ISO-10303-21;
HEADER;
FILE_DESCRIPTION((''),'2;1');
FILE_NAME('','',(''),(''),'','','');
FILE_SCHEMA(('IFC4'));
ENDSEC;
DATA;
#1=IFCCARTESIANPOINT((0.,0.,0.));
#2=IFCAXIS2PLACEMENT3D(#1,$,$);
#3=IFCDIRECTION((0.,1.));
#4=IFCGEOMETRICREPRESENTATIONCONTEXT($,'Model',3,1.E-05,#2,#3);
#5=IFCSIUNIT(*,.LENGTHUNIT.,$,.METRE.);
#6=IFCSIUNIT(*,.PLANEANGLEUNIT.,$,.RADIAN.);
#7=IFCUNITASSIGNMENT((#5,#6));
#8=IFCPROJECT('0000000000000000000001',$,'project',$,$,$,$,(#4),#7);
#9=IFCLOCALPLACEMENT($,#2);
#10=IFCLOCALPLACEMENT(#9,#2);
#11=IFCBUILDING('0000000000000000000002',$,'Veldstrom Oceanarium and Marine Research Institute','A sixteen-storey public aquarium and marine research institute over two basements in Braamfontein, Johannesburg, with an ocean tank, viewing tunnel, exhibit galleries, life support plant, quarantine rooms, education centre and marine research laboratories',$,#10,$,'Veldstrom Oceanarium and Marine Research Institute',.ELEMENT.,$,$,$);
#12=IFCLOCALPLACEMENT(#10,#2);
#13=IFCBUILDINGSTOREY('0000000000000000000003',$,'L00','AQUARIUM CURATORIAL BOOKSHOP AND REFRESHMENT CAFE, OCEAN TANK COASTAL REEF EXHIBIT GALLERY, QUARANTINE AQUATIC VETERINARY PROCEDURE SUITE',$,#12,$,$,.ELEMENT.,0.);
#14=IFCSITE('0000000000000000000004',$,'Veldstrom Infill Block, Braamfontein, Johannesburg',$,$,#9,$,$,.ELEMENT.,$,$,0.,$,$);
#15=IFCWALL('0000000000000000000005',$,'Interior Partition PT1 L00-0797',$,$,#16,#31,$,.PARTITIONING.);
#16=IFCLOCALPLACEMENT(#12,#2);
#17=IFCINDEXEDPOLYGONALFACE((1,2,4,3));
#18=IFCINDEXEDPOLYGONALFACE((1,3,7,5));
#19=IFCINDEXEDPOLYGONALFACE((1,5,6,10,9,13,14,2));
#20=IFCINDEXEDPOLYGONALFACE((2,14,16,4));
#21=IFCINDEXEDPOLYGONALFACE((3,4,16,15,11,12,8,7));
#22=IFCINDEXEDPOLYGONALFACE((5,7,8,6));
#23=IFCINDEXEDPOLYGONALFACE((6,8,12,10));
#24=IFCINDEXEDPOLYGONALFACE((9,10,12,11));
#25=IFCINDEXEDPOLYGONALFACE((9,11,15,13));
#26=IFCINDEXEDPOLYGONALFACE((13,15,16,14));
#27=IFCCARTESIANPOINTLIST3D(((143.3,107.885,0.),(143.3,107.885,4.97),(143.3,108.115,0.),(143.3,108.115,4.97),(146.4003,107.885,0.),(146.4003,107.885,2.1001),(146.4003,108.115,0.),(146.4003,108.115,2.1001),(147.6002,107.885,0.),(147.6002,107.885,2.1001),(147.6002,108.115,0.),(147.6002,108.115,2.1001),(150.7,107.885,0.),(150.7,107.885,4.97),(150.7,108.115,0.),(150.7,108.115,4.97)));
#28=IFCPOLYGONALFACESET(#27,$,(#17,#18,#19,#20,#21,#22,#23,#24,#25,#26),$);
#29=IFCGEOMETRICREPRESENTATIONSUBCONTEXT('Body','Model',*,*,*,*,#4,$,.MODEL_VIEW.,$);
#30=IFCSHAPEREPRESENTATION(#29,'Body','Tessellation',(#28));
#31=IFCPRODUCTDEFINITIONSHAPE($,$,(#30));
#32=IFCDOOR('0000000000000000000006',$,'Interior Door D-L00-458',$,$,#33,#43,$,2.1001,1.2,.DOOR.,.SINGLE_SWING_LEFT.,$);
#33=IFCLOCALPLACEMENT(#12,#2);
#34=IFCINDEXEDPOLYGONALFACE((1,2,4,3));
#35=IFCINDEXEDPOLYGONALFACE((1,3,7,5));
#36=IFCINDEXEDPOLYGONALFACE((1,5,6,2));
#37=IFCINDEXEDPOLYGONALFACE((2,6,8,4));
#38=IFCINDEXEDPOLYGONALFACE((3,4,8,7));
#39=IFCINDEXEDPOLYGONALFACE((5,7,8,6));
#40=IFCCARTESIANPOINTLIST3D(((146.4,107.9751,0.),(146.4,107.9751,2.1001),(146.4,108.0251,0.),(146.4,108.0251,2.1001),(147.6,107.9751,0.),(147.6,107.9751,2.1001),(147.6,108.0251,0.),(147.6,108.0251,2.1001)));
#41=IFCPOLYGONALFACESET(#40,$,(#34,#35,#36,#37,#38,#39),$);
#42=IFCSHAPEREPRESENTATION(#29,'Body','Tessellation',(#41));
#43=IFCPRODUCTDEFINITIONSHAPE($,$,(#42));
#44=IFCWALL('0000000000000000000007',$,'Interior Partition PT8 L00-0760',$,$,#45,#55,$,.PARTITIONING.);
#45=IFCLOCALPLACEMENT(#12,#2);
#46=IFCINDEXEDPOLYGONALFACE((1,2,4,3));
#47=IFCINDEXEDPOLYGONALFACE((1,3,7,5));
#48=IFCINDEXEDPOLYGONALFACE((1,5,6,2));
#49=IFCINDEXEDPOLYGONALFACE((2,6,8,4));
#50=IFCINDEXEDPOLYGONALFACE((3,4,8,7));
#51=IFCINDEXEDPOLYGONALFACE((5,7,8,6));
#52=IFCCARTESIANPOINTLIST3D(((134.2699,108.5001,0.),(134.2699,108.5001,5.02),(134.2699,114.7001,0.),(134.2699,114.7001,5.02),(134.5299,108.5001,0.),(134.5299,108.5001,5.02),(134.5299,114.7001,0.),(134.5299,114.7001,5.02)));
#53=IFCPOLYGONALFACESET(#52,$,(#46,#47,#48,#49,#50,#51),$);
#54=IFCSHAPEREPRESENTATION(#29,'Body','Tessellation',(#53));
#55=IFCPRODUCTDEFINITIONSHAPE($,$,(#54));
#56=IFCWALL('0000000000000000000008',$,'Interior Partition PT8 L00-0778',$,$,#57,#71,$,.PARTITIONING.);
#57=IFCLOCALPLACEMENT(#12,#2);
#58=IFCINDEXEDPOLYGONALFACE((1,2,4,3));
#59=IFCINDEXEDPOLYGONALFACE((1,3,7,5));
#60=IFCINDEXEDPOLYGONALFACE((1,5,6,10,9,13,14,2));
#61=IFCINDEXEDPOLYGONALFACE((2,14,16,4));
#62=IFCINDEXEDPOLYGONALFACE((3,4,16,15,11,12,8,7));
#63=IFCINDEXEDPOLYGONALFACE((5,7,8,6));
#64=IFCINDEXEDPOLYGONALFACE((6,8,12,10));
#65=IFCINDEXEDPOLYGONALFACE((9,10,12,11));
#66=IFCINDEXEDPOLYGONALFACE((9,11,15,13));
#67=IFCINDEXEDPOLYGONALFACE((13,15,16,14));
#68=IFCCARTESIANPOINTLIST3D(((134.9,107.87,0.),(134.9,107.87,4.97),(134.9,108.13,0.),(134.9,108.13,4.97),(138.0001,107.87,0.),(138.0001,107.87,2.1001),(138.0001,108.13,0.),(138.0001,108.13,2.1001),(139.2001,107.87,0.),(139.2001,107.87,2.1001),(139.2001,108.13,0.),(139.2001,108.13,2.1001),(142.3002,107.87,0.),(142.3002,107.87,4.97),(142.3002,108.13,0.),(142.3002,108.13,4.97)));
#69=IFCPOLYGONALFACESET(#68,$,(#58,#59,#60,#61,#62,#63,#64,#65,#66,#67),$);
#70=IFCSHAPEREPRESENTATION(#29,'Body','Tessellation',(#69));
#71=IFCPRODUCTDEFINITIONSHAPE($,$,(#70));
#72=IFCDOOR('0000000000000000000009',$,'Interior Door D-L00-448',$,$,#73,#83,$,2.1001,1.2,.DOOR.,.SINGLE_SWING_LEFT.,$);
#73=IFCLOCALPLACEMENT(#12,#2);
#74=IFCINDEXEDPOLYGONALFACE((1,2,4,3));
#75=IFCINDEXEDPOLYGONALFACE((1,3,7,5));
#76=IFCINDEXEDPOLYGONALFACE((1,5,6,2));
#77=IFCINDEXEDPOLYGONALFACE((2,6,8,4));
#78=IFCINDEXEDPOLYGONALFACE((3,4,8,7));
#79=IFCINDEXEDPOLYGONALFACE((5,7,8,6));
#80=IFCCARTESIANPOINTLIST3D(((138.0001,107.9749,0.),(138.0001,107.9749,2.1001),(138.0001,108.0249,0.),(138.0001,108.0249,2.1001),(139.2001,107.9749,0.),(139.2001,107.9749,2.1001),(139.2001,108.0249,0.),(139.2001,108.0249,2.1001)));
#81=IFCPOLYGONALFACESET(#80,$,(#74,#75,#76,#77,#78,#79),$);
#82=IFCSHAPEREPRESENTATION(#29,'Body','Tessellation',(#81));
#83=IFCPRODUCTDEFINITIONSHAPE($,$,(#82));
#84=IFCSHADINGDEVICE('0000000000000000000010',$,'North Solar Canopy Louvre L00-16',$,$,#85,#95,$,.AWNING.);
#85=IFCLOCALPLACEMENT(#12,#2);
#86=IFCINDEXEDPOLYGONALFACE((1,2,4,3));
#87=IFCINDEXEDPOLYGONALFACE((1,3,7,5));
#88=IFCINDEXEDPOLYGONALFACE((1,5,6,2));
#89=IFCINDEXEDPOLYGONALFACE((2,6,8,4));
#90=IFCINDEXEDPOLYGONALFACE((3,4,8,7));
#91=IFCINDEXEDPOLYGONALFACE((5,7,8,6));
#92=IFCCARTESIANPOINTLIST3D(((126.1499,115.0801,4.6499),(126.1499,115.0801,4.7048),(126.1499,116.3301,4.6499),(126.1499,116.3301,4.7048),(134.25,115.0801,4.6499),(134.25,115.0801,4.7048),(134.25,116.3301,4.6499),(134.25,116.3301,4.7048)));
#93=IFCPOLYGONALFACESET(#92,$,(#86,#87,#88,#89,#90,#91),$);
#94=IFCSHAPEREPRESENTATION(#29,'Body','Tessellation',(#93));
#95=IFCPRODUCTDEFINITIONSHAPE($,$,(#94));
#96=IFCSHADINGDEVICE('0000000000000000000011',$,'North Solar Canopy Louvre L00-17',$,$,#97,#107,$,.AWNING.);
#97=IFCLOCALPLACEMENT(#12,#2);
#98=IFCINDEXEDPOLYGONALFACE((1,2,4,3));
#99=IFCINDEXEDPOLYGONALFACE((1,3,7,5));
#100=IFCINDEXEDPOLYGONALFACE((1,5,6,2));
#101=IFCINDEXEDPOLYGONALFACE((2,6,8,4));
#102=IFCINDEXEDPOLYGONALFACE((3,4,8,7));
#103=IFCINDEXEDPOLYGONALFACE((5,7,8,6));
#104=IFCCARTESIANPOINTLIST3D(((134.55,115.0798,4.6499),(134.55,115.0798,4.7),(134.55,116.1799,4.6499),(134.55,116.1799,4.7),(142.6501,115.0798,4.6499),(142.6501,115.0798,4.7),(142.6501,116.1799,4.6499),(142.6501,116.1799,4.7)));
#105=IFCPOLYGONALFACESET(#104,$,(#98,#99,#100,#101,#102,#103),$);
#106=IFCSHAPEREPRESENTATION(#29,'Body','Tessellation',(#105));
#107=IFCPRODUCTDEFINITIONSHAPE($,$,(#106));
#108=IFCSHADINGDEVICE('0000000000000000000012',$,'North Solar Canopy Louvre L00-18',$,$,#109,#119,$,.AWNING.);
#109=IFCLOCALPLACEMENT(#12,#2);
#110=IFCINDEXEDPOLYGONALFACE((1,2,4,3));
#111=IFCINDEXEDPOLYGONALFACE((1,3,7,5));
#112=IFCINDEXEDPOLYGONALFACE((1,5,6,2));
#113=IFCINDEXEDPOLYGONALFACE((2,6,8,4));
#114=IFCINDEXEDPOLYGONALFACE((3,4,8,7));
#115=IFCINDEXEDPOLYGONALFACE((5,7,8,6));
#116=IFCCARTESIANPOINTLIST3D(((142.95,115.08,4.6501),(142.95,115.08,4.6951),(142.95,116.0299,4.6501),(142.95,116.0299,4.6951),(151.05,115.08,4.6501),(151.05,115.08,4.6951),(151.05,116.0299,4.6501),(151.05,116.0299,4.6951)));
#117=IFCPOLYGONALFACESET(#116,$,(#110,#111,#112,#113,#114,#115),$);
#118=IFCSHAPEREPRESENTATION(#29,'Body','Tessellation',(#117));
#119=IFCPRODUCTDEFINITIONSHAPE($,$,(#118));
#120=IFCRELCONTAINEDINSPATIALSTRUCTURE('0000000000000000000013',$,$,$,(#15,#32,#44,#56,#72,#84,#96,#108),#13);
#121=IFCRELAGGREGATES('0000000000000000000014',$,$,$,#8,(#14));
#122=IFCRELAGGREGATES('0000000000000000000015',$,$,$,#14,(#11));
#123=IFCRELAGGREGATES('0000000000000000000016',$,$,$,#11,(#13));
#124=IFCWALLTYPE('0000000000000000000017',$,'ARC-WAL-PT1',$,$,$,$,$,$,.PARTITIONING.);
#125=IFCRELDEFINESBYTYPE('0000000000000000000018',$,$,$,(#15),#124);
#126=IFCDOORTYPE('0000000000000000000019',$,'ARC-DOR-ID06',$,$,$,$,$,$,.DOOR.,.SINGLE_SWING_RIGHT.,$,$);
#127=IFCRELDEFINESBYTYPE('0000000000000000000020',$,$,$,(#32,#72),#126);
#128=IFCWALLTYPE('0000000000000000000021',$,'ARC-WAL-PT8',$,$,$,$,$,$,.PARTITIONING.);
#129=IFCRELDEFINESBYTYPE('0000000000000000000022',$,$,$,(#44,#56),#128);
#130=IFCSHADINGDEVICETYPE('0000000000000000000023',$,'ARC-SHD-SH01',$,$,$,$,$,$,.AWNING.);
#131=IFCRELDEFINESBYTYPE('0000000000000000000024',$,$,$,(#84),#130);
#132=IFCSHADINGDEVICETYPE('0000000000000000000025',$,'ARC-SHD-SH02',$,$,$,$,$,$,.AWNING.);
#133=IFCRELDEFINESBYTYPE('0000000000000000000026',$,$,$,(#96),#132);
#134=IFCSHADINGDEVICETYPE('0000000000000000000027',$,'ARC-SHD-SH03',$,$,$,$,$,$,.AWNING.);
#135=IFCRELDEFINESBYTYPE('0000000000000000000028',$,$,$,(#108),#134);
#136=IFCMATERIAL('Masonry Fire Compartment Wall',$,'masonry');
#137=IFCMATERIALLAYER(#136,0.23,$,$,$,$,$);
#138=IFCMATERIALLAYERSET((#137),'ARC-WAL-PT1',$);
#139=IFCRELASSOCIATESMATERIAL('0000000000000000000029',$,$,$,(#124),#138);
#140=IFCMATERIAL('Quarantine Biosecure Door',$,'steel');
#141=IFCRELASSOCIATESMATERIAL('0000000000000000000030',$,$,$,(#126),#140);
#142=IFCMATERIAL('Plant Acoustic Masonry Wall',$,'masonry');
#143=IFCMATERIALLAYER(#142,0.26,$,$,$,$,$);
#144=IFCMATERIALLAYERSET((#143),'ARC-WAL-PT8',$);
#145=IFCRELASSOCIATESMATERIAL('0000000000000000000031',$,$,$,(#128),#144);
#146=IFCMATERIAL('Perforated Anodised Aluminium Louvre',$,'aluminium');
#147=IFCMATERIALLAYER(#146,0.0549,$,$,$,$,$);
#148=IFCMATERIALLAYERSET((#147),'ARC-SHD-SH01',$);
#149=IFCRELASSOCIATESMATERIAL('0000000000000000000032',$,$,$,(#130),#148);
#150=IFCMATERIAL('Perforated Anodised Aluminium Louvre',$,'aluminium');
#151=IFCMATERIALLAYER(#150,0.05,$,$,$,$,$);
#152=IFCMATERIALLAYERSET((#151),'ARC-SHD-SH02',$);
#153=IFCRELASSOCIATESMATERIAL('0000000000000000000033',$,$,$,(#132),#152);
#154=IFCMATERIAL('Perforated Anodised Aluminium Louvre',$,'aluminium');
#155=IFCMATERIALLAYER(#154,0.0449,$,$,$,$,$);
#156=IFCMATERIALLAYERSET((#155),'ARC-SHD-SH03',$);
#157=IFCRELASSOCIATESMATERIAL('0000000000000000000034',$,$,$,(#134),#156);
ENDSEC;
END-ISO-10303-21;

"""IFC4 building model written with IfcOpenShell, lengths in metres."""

from ifc_helpers import new_model, si_unit, direction, frame, frame_2d, origin, origin_2d, place, context, subcontext, project, spatial, rectangle, extrude, material, layer, layer_set, type_object, element, fill, save


model = new_model("IFC4")

# Units and contexts
model_context = context("Model", 3, precision=1e-05, world=origin(), true_north=direction((0.0, 1.0)))
body_context = subcontext(model_context, "Body", "Model", "MODEL_VIEW")
ifc_project = project(units=[si_unit("LENGTHUNIT", "METRE"), si_unit("PLANEANGLEUNIT", "RADIAN")], contexts=[model_context])

# Site, building, storey
site_placement = place(None, origin())
site = spatial("IfcSite", under=ifc_project, at=site_placement, Name="Veldstrom Infill Block, Braamfontein, Johannesburg", CompositionType="ELEMENT", RefElevation=0.0)
building_placement = place(site_placement, origin())
building = spatial("IfcBuilding", under=site, at=building_placement, Name="Veldstrom Oceanarium and Marine Research Institute", Description="A sixteen-storey public aquarium and marine research institute over two basements in Braamfontein, Johannesburg, with an ocean tank, viewing tunnel, exhibit galleries, life support plant, quarantine rooms, education centre and marine research laboratories", LongName="Veldstrom Oceanarium and Marine Research Institute", CompositionType="ELEMENT")
storey_placement = place(building_placement, origin())
storey = spatial("IfcBuildingStorey", under=building, at=storey_placement, Name="L00", Description="AQUARIUM CURATORIAL BOOKSHOP AND REFRESHMENT CAFE, OCEAN TANK COASTAL REEF EXHIBIT GALLERY, QUARANTINE AQUATIC VETERINARY PROCEDURE SUITE", CompositionType="ELEMENT", Elevation=0.0)

# Shared definitions
ifc_material_1 = material(Name="Masonry Fire Compartment Wall", Category="masonry")
ifc_layer_1 = layer(ifc_material_1, 0.23)
ifc_layer_set_1 = layer_set([ifc_layer_1], Name="ARC-WAL-PT1")
wall_type_1 = type_object("IfcWallType", Name="ARC-WAL-PT1", PredefinedType="PARTITIONING", material=ifc_layer_set_1)

# Wall, opening, door
wall_1_placement = place(storey_placement, frame((143.3, 108.0, 0.0), z_axis=(0.0, 0.0, 1.0), x_axis=(1.0, 0.0, 0.0)))
wall_1 = element("IfcWall", 1, at=wall_1_placement, inside=storey, type_object=wall_type_1, Name="Interior Partition PT1 L00-0797", PredefinedType="PARTITIONING", context=body_context, shape_type="SweptSolid", body=[
    extrude(rectangle(XDim=7.3999, YDim=0.23, at=frame_2d((3.7, 0.0))), origin(), (0.0, 0.0, 1.0), 4.97),
])
opening_1_placement = place(wall_1_placement, frame((3.1001, 0.0, 0.0)))
opening_1 = element("IfcOpeningElement", 2, at=opening_1_placement, cuts=wall_1, PredefinedType="OPENING", context=body_context, shape_type="SweptSolid", body=[
    extrude(rectangle(XDim=1.2, YDim=2.1001, at=frame_2d((0.6001, 1.05))), frame((0.0, 0.125, 0.0), z_axis=(0.0, -1.0, 0.0), x_axis=(1.0, 0.0, 0.0)), (0.0, 0.0, 1.0), 0.25),
])
ifc_material_2 = material(Name="Quarantine Biosecure Door", Category="steel")
door_type_1 = type_object("IfcDoorType", Name="ARC-DOR-ID06", OperationType="SINGLE_SWING_RIGHT", PredefinedType="DOOR", material=ifc_material_2)
door_1_placement = place(opening_1_placement, frame((1.2, 0.0, 0.0), z_axis=(0.0, 0.0, 1.0), x_axis=(-1.0, 0.0, 0.0)))
door_1 = element("IfcDoor", 3, at=door_1_placement, inside=storey, type_object=door_type_1, Name="Interior Door D-L00-458", OperationType="SINGLE_SWING_LEFT", OverallHeight=2.1001, OverallWidth=1.2, PredefinedType="DOOR", context=body_context, shape_type="SweptSolid", body=[
    extrude(rectangle(XDim=1.2, YDim=2.1001, at=frame_2d((0.6001, 1.05))), frame((0.0, 0.0249, 0.0), z_axis=(0.0, -1.0, 0.0), x_axis=(1.0, 0.0, 0.0)), (0.0, 0.0, 1.0), 0.05),
])
fill(opening_1, door_1)

# Wall
ifc_material_3 = material(Name="Plant Acoustic Masonry Wall", Category="masonry")
ifc_layer_2 = layer(ifc_material_3, 0.26)
ifc_layer_set_2 = layer_set([ifc_layer_2], Name="ARC-WAL-PT8")
wall_type_2 = type_object("IfcWallType", Name="ARC-WAL-PT8", PredefinedType="PARTITIONING", material=ifc_layer_set_2)
wall_2_placement = place(storey_placement, frame((134.3999, 108.5, 0.0), z_axis=(0.0, 0.0, 1.0), x_axis=(0.0, 1.0, 0.0)))
element("IfcWall", 4, at=wall_2_placement, inside=storey, type_object=wall_type_2, Name="Interior Partition PT8 L00-0760", PredefinedType="PARTITIONING", context=body_context, shape_type="SweptSolid", body=[
    extrude(rectangle(XDim=6.2, YDim=0.26, at=frame_2d((3.1001, 0.0))), origin(), (0.0, 0.0, 1.0), 5.02),
])

# Wall, opening, door
wall_3_placement = place(storey_placement, frame((134.8999, 108.0, 0.0), z_axis=(0.0, 0.0, 1.0), x_axis=(1.0, 0.0, 0.0)))
wall_3 = element("IfcWall", 5, at=wall_3_placement, inside=storey, type_object=wall_type_2, Name="Interior Partition PT8 L00-0778", PredefinedType="PARTITIONING", context=body_context, shape_type="SweptSolid", body=[
    extrude(rectangle(XDim=7.4001, YDim=0.26, at=frame_2d((3.7002, 0.0))), origin(), (0.0, 0.0, 1.0), 4.97),
])
opening_2_placement = place(wall_3_placement, frame((3.1001, 0.0, 0.0)))
opening_2 = element("IfcOpeningElement", 6, at=opening_2_placement, cuts=wall_3, PredefinedType="OPENING", context=body_context, shape_type="SweptSolid", body=[
    extrude(rectangle(XDim=1.2, YDim=2.1001, at=frame_2d((0.6001, 1.05))), frame((0.0, 0.1399, 0.0), z_axis=(0.0, -1.0, 0.0), x_axis=(1.0, 0.0, 0.0)), (0.0, 0.0, 1.0), 0.28),
])
door_2_placement = place(opening_2_placement, origin())
door_2 = element("IfcDoor", 7, at=door_2_placement, inside=storey, type_object=door_type_1, Name="Interior Door D-L00-448", OperationType="SINGLE_SWING_LEFT", OverallHeight=2.1001, OverallWidth=1.2, PredefinedType="DOOR", context=body_context, shape_type="SweptSolid", body=[
    extrude(rectangle(XDim=1.2, YDim=2.1001, at=frame_2d((0.6001, 1.05))), frame((0.0, 0.0249, 0.0), z_axis=(0.0, -1.0, 0.0), x_axis=(1.0, 0.0, 0.0)), (0.0, 0.0, 1.0), 0.05),
])
fill(opening_2, door_2)

# Shading devices
ifc_material_4 = material(Name="Perforated Anodised Aluminium Louvre", Category="aluminium")
ifc_layer_3 = layer(ifc_material_4, 0.0549)
ifc_layer_set_3 = layer_set([ifc_layer_3], Name="ARC-SHD-SH01")
shading_device_type_1 = type_object("IfcShadingDeviceType", Name="ARC-SHD-SH01", PredefinedType="AWNING", material=ifc_layer_set_3)
shading_device_1_placement = place(storey_placement, frame((130.2, 115.7051, 4.6499), z_axis=(0.0, 0.0, 1.0), x_axis=(1.0, 0.0, 0.0)))
element("IfcShadingDevice", 8, at=shading_device_1_placement, inside=storey, type_object=shading_device_type_1, Name="North Solar Canopy Louvre L00-16", PredefinedType="AWNING", context=body_context, shape_type="SweptSolid", body=[
    extrude(rectangle(XDim=8.1001, YDim=1.25, at=origin_2d()), origin(), (0.0, 0.0, 1.0), 0.0549),
])
ifc_material_5 = material(Name="Perforated Anodised Aluminium Louvre", Category="aluminium")
ifc_layer_4 = layer(ifc_material_5, 0.05)
ifc_layer_set_4 = layer_set([ifc_layer_4], Name="ARC-SHD-SH02")
shading_device_type_2 = type_object("IfcShadingDeviceType", Name="ARC-SHD-SH02", PredefinedType="AWNING", material=ifc_layer_set_4)
shading_device_2_placement = place(storey_placement, frame((138.6001, 115.6299, 4.6499), z_axis=(0.0, 0.0, 1.0), x_axis=(1.0, 0.0, 0.0)))
element("IfcShadingDevice", 9, at=shading_device_2_placement, inside=storey, type_object=shading_device_type_2, Name="North Solar Canopy Louvre L00-17", PredefinedType="AWNING", context=body_context, shape_type="SweptSolid", body=[
    extrude(rectangle(XDim=8.1001, YDim=1.1001, at=origin_2d()), origin(), (0.0, 0.0, 1.0), 0.05),
])
ifc_material_6 = material(Name="Perforated Anodised Aluminium Louvre", Category="aluminium")
ifc_layer_5 = layer(ifc_material_6, 0.0449)
ifc_layer_set_5 = layer_set([ifc_layer_5], Name="ARC-SHD-SH03")
shading_device_type_3 = type_object("IfcShadingDeviceType", Name="ARC-SHD-SH03", PredefinedType="AWNING", material=ifc_layer_set_5)
shading_device_3_placement = place(storey_placement, frame((147.0, 115.5549, 4.6501), z_axis=(0.0, 0.0, 1.0), x_axis=(1.0, 0.0, 0.0)))
element("IfcShadingDevice", 10, at=shading_device_3_placement, inside=storey, type_object=shading_device_type_3, Name="North Solar Canopy Louvre L00-18", PredefinedType="AWNING", context=body_context, shape_type="SweptSolid", body=[
    extrude(rectangle(XDim=8.1001, YDim=0.95, at=origin_2d()), origin(), (0.0, 0.0, 1.0), 0.0449),
])

save(model, "model.ifc")
